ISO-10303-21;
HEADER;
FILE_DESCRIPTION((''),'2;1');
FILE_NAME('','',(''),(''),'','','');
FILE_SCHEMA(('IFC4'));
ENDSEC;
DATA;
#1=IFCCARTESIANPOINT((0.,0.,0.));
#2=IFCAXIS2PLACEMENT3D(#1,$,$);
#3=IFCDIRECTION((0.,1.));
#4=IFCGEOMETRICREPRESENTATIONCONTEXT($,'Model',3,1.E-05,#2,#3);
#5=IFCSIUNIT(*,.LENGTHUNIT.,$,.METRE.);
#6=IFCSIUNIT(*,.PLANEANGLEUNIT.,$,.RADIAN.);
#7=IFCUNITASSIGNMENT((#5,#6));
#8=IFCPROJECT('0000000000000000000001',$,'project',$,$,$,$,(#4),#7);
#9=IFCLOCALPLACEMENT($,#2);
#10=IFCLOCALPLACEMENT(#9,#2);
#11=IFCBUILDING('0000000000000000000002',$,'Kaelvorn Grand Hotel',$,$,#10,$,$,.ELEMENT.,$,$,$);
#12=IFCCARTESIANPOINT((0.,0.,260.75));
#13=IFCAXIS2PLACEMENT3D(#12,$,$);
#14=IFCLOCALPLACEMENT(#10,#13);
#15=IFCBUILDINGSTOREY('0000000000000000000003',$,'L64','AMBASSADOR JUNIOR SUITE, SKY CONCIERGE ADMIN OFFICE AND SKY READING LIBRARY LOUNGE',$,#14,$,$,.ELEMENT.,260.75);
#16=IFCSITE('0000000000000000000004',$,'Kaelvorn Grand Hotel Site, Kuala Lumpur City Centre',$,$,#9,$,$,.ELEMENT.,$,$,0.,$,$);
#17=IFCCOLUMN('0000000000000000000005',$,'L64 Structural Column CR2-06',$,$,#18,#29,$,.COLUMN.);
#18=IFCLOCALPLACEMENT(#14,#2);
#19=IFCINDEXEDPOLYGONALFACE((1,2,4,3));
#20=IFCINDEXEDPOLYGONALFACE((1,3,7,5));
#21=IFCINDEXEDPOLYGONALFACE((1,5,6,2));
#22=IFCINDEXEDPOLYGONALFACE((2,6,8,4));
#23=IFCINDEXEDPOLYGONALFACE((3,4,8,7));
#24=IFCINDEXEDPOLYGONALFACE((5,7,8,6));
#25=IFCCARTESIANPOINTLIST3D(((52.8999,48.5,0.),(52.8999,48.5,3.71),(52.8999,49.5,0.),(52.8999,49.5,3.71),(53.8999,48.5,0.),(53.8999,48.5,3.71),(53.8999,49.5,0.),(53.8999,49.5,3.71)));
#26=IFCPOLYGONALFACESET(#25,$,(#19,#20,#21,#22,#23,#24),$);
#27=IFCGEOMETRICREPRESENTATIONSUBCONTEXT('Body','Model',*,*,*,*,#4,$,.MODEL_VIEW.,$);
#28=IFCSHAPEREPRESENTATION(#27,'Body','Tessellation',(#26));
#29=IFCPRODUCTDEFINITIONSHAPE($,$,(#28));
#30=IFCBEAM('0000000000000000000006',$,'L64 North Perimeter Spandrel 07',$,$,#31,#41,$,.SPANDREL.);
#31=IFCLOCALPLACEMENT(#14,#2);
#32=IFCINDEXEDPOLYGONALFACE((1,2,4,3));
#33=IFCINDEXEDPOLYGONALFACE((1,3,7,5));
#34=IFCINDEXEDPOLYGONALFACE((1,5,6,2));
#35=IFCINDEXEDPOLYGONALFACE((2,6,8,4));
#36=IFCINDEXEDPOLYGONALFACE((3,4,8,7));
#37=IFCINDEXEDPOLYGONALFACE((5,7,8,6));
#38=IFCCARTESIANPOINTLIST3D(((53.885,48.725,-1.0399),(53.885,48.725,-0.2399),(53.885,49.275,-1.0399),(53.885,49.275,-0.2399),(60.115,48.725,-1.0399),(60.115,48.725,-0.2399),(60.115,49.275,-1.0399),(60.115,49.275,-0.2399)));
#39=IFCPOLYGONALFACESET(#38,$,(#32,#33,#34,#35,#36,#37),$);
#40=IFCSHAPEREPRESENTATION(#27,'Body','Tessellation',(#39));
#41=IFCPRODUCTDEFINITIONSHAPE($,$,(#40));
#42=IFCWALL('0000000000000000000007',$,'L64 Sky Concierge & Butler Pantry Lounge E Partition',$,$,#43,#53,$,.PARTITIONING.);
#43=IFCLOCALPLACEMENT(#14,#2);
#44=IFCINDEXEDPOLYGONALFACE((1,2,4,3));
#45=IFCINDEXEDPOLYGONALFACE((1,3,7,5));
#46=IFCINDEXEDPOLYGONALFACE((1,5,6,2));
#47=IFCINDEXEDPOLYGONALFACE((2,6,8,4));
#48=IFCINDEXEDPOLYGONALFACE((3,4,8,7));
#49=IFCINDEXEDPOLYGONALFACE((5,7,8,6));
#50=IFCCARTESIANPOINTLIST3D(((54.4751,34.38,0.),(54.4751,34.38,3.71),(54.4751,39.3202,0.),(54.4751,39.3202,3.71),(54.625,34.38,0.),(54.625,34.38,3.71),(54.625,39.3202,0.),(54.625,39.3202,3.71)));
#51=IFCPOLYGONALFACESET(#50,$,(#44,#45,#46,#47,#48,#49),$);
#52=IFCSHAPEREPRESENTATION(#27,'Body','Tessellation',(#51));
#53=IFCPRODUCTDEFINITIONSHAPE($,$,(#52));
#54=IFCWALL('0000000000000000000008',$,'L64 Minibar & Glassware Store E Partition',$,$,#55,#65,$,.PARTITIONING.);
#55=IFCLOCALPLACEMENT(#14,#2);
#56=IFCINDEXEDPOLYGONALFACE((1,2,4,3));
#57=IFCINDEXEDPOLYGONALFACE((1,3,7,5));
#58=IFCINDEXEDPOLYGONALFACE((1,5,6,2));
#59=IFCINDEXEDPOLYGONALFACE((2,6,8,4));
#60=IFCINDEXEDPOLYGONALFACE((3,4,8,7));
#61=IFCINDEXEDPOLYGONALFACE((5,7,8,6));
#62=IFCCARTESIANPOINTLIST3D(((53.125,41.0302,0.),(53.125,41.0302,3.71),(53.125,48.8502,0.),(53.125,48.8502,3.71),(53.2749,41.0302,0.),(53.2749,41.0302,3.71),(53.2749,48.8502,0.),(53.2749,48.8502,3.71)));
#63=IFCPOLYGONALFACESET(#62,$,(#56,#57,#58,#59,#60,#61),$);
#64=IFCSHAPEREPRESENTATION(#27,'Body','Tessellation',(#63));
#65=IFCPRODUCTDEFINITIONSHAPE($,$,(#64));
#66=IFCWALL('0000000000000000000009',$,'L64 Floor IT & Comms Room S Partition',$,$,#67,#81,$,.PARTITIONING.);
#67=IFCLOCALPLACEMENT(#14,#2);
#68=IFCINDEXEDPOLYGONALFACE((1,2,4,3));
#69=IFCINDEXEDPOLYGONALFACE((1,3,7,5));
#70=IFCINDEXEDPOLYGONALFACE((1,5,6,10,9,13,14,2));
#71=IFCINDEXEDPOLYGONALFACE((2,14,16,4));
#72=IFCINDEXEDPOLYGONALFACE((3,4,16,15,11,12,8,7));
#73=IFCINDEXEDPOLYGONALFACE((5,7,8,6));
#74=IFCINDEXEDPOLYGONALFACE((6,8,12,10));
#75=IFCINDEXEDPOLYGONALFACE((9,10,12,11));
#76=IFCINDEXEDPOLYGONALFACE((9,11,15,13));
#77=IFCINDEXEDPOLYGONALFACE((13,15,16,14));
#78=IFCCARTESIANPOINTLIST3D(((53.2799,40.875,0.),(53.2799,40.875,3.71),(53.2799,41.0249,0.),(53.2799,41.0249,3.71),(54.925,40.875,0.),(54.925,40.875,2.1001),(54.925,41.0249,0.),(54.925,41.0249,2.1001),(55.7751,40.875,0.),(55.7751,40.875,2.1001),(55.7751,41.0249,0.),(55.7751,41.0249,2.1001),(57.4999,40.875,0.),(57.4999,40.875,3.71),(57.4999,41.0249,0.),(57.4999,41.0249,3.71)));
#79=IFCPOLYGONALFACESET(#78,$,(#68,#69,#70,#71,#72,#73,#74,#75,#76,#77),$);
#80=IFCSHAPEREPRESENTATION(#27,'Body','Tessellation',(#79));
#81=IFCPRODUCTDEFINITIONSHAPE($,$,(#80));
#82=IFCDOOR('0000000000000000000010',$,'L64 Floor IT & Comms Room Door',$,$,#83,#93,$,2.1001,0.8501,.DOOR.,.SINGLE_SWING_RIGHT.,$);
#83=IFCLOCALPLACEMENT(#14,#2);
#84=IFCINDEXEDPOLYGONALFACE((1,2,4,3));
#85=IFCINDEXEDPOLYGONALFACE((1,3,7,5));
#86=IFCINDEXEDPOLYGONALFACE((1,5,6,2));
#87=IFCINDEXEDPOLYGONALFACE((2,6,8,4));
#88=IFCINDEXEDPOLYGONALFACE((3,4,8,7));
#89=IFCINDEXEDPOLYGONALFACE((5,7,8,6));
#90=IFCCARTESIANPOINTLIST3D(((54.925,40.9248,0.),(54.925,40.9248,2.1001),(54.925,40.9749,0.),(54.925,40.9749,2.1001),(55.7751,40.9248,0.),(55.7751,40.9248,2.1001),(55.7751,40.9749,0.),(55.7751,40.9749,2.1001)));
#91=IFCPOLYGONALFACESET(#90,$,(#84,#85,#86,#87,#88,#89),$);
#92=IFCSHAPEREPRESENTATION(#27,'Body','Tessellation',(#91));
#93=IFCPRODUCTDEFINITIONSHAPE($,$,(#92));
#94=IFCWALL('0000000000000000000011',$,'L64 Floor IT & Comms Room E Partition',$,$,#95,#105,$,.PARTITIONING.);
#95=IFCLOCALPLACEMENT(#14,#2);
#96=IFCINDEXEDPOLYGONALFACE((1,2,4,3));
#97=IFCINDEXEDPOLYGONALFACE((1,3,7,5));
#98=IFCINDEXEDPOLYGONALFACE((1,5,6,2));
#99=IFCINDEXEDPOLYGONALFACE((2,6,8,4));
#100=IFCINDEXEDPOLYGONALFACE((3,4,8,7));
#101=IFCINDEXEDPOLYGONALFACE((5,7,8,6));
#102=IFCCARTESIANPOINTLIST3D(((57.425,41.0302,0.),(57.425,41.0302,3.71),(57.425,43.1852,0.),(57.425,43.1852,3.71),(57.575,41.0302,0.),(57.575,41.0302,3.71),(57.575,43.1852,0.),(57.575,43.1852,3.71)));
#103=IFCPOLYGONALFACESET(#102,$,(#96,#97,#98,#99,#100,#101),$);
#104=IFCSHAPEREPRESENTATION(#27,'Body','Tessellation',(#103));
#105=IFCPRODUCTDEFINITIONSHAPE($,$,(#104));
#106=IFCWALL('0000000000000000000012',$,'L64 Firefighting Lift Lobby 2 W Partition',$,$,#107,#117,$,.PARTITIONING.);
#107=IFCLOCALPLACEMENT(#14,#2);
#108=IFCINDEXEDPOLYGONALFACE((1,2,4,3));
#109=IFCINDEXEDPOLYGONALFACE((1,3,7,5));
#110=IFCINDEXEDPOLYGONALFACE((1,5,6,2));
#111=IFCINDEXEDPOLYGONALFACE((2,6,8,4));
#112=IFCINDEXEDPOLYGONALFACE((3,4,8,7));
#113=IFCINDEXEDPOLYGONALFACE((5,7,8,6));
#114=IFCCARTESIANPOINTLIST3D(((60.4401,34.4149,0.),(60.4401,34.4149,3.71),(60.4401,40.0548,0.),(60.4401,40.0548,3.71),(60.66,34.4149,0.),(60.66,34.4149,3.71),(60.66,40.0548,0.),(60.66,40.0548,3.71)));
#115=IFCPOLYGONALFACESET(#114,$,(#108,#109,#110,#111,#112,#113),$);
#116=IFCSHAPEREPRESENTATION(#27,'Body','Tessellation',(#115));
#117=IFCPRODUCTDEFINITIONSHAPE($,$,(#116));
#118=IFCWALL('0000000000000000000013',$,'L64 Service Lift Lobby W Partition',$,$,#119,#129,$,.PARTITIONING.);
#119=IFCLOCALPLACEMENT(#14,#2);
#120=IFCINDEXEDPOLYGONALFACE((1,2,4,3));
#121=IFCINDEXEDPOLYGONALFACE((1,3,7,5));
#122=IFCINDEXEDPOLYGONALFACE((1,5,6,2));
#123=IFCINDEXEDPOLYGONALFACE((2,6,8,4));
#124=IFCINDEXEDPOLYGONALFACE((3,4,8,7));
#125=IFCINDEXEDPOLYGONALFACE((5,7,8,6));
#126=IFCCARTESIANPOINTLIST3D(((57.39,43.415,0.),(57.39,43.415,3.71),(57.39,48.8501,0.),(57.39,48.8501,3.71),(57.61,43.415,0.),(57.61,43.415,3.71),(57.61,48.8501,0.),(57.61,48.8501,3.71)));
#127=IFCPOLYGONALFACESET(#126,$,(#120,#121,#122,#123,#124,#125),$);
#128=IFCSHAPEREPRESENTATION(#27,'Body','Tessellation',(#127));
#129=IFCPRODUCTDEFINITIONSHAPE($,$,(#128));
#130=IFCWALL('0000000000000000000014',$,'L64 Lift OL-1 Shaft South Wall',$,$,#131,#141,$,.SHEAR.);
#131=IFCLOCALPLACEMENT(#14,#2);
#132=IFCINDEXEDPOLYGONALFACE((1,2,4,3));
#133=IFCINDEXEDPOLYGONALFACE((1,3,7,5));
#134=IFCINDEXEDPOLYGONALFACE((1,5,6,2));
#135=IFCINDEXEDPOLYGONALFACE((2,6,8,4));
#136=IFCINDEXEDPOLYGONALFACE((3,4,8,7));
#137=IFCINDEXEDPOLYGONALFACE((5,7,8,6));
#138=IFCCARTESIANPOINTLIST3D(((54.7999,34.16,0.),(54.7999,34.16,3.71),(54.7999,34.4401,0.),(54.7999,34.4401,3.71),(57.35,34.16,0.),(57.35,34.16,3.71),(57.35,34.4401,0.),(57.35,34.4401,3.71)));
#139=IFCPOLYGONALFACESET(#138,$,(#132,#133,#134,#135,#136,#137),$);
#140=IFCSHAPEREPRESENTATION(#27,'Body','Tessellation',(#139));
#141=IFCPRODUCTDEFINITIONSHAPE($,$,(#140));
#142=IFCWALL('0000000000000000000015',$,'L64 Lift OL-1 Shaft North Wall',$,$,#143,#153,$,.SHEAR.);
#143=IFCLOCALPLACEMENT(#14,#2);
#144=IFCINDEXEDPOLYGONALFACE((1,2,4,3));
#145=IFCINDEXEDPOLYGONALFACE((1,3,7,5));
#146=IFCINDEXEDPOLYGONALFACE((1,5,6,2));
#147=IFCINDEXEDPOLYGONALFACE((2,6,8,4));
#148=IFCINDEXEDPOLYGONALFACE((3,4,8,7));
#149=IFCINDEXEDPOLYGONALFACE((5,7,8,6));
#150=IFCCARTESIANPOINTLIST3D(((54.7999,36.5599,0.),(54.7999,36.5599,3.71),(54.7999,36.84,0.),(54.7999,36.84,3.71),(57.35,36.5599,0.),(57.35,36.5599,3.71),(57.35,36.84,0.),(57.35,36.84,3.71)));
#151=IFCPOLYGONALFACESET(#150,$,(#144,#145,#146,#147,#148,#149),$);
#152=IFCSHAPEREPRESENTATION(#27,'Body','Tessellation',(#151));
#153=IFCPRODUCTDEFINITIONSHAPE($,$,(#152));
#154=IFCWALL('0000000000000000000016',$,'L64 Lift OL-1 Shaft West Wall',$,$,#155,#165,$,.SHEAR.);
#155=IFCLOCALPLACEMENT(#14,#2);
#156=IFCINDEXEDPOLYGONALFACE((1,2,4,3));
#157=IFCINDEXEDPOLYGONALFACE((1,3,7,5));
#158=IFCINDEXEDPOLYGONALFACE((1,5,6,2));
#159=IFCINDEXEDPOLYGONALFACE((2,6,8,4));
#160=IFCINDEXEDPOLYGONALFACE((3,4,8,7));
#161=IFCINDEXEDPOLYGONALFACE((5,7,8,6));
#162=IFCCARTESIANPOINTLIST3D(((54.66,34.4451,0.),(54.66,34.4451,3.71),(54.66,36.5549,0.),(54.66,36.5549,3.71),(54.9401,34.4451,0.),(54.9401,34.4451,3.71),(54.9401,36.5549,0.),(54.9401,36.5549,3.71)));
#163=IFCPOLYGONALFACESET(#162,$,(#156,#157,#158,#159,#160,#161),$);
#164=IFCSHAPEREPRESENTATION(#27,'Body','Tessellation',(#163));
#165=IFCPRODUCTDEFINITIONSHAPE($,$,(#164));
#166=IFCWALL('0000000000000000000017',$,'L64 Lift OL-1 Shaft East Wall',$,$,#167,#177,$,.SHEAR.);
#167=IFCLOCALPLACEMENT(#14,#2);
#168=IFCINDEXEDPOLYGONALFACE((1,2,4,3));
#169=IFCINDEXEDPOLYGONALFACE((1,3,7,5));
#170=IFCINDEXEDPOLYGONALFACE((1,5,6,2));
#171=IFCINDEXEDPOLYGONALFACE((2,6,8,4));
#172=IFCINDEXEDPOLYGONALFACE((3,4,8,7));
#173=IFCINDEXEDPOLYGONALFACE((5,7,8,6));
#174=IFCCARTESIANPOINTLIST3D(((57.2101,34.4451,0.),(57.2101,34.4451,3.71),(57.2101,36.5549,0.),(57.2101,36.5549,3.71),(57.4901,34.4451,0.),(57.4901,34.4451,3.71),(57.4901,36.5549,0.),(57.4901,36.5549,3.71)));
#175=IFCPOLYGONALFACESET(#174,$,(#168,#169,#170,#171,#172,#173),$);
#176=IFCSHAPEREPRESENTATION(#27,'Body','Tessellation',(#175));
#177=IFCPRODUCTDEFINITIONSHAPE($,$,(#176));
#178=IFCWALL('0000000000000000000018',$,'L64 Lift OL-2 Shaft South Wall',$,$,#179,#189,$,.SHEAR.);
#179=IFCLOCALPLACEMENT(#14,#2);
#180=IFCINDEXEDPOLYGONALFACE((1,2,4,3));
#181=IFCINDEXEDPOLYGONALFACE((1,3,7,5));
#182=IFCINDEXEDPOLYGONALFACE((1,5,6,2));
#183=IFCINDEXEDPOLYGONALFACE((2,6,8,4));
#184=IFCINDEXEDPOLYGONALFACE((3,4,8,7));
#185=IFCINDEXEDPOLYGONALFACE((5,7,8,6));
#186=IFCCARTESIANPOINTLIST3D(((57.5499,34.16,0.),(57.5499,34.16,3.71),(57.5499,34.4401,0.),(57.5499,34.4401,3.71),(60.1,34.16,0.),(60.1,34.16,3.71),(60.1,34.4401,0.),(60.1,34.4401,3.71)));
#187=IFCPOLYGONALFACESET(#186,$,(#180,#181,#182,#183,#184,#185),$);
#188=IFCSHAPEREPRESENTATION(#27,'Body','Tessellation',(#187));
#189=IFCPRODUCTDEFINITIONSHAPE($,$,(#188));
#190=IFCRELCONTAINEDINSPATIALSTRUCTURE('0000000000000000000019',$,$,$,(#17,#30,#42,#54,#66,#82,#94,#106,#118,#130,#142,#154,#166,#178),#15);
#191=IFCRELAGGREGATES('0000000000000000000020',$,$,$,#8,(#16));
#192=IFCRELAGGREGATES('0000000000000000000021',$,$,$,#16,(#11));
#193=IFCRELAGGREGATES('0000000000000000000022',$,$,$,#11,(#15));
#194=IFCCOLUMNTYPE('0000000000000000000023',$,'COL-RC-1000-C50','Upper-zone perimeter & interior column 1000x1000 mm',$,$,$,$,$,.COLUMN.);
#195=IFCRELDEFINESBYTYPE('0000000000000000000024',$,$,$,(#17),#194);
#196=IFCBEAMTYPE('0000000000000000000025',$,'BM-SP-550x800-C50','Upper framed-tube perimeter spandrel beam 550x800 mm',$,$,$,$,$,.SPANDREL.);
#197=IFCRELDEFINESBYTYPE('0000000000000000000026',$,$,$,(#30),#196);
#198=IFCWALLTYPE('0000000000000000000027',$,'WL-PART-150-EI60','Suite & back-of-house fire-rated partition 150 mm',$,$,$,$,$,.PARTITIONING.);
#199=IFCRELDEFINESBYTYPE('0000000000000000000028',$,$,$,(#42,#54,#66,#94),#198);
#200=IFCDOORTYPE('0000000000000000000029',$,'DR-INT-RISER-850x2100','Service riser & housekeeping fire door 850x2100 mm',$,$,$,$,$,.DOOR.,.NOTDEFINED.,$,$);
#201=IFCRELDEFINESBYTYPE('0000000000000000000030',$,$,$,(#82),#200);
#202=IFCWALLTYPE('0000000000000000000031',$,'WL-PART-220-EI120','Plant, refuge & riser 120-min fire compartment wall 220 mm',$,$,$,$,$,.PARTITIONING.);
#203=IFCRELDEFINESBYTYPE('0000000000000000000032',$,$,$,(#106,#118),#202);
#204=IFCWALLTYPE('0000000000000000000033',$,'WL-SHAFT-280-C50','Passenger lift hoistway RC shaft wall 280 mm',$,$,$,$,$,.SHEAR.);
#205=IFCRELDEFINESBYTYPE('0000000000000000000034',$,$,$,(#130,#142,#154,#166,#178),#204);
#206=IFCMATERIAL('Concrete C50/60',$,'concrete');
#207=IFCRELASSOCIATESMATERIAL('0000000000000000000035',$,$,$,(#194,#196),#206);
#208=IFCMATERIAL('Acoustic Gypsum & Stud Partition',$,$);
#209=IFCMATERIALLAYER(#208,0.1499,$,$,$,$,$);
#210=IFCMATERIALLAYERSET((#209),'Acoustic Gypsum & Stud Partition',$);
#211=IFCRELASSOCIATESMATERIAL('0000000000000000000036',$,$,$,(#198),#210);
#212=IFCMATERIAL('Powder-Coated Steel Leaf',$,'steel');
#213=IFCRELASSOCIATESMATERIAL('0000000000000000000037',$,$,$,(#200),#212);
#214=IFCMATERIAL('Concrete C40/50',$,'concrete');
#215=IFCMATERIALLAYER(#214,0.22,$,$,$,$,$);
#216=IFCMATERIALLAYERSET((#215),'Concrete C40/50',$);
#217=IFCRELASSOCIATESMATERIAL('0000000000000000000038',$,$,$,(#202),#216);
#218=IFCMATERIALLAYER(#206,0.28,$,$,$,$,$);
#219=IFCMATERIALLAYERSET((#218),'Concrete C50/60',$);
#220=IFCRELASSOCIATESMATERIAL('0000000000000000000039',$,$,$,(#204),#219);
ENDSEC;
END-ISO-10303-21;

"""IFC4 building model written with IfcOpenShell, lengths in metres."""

from ifc_helpers import new_model, si_unit, direction, frame, frame_2d, origin, origin_2d, place, context, subcontext, project, spatial, rectangle, extrude, material, layer, layer_set, material_profile, profile_set, type_object, element, fill, save


model = new_model("IFC4")

# Units and contexts
model_context = context("Model", 3, precision=1e-05, world=origin(), true_north=direction((0.0, 1.0)))
body_context = subcontext(model_context, "Body", "Model", "MODEL_VIEW")
ifc_project = project(units=[si_unit("LENGTHUNIT", "METRE"), si_unit("PLANEANGLEUNIT", "RADIAN")], contexts=[model_context])

# Site, building, storey
site_placement = place(None, origin())
site = spatial("IfcSite", under=ifc_project, at=site_placement, Name="Kaelvorn Grand Hotel Site, Kuala Lumpur City Centre", CompositionType="ELEMENT", RefElevation=0.0)
building_placement = place(site_placement, origin())
building = spatial("IfcBuilding", under=site, at=building_placement, Name="Kaelvorn Grand Hotel", CompositionType="ELEMENT")
storey_placement = place(building_placement, frame((0.0, 0.0, 260.75)))
storey = spatial("IfcBuildingStorey", under=building, at=storey_placement, Name="L64", Description="AMBASSADOR JUNIOR SUITE, SKY CONCIERGE ADMIN OFFICE AND SKY READING LIBRARY LOUNGE", CompositionType="ELEMENT", Elevation=260.75)

# Column
ifc_material_1 = material(Name="Concrete C50/60", Category="concrete")
ifc_material_profile_1 = material_profile(ifc_material_1, rectangle(XDim=1.0, YDim=1.0, at=origin_2d()), Name="RC COL 1000x1000")
ifc_profile_set_1 = profile_set([ifc_material_profile_1], Name="Concrete C50/60")
column_type = type_object("IfcColumnType", Name="COL-RC-1000-C50", Description="Upper-zone perimeter & interior column 1000x1000 mm", PredefinedType="COLUMN", material=ifc_profile_set_1)
column_placement = place(storey_placement, frame((53.3999, 49.0, 0.0), z_axis=(0.0, 0.0, 1.0), x_axis=(1.0, 0.0, 0.0)))
element("IfcColumn", 1, at=column_placement, inside=storey, type_object=column_type, Name="L64 Structural Column CR2-06", PredefinedType="COLUMN", context=body_context, shape_type="SweptSolid", body=[
    extrude(rectangle(XDim=1.0, YDim=1.0, at=origin_2d()), origin(), (0.0, 0.0, 1.0), 3.71),
])

# Beam
ifc_material_profile_2 = material_profile(ifc_material_1, rectangle(XDim=0.55, YDim=0.8, at=origin_2d()), Name="RC SPANDREL 550x800")
ifc_profile_set_2 = profile_set([ifc_material_profile_2], Name="Concrete C50/60")
beam_type = type_object("IfcBeamType", Name="BM-SP-550x800-C50", Description="Upper framed-tube perimeter spandrel beam 550x800 mm", PredefinedType="SPANDREL", material=ifc_profile_set_2)
beam_placement = place(storey_placement, frame((53.885, 49.0, -0.6399), z_axis=(1.0, 0.0, 0.0), x_axis=(0.0, 1.0, 0.0)))
element("IfcBeam", 2, at=beam_placement, inside=storey, type_object=beam_type, Name="L64 North Perimeter Spandrel 07", PredefinedType="SPANDREL", context=body_context, shape_type="SweptSolid", body=[
    extrude(rectangle(XDim=0.55, YDim=0.8, at=origin_2d()), origin(), (0.0, 0.0, 1.0), 6.23),
])

# Walls
ifc_material_2 = material(Name="Acoustic Gypsum & Stud Partition")
ifc_layer_1 = layer(ifc_material_2, 0.1499)
ifc_layer_set_1 = layer_set([ifc_layer_1], Name="Acoustic Gypsum & Stud Partition")
wall_type_1 = type_object("IfcWallType", Name="WL-PART-150-EI60", Description="Suite & back-of-house fire-rated partition 150 mm", PredefinedType="PARTITIONING", material=ifc_layer_set_1)
wall_1_placement = place(storey_placement, frame((54.55, 34.3799, 0.0), z_axis=(0.0, 0.0, 1.0), x_axis=(0.0, 1.0, 0.0)))
element("IfcWall", 3, at=wall_1_placement, inside=storey, type_object=wall_type_1, Name="L64 Sky Concierge & Butler Pantry Lounge E Partition", PredefinedType="PARTITIONING", context=body_context, shape_type="SweptSolid", body=[
    extrude(rectangle(XDim=4.9402, YDim=0.1499, at=frame_2d((2.4702, 0.0))), origin(), (0.0, 0.0, 1.0), 3.71),
])
wall_2_placement = place(storey_placement, frame((53.2, 41.03, 0.0), z_axis=(0.0, 0.0, 1.0), x_axis=(0.0, 1.0, 0.0)))
element("IfcWall", 4, at=wall_2_placement, inside=storey, type_object=wall_type_1, Name="L64 Minibar & Glassware Store E Partition", PredefinedType="PARTITIONING", context=body_context, shape_type="SweptSolid", body=[
    extrude(rectangle(XDim=7.8201, YDim=0.1499, at=frame_2d((3.9102, 0.0))), origin(), (0.0, 0.0, 1.0), 3.71),
])

# Wall, opening, door
wall_3_placement = place(storey_placement, frame((53.28, 40.95, 0.0), z_axis=(0.0, 0.0, 1.0), x_axis=(1.0, 0.0, 0.0)))
wall_3 = element("IfcWall", 5, at=wall_3_placement, inside=storey, type_object=wall_type_1, Name="L64 Floor IT & Comms Room S Partition", PredefinedType="PARTITIONING", context=body_context, shape_type="SweptSolid", body=[
    extrude(rectangle(XDim=4.22, YDim=0.1499, at=frame_2d((2.1099, 0.0))), origin(), (0.0, 0.0, 1.0), 3.71),
])
opening_1_placement = place(wall_3_placement, frame((1.645, 0.0, 0.0)))
opening_1 = element("IfcOpeningElement", 6, at=opening_1_placement, cuts=wall_3, PredefinedType="OPENING", context=body_context, shape_type="SweptSolid", body=[
    extrude(rectangle(XDim=0.8501, YDim=2.1001, at=frame_2d((0.425, 1.05))), frame((0.0, 0.085, 0.0), z_axis=(0.0, -1.0, 0.0), x_axis=(1.0, 0.0, 0.0)), (0.0, 0.0, 1.0), 0.1699),
])
ifc_material_3 = material(Name="Powder-Coated Steel Leaf", Category="steel")
door_type_1 = type_object("IfcDoorType", Name="DR-INT-RISER-850x2100", Description="Service riser & housekeeping fire door 850x2100 mm", OperationType="NOTDEFINED", PredefinedType="DOOR", material=ifc_material_3)
door_1_placement = place(opening_1_placement, origin())
door_1 = element("IfcDoor", 7, at=door_1_placement, inside=storey, type_object=door_type_1, Name="L64 Floor IT & Comms Room Door", OperationType="SINGLE_SWING_RIGHT", OverallHeight=2.1001, OverallWidth=0.8501, PredefinedType="DOOR", context=body_context, shape_type="SweptSolid", body=[
    extrude(rectangle(XDim=0.8501, YDim=2.1001, at=frame_2d((0.425, 1.05))), frame((0.0, 0.0249, 0.0), z_axis=(0.0, -1.0, 0.0), x_axis=(1.0, 0.0, 0.0)), (0.0, 0.0, 1.0), 0.05),
])
fill(opening_1, door_1)

# Wall
wall_4_placement = place(storey_placement, frame((57.5, 41.03, 0.0), z_axis=(0.0, 0.0, 1.0), x_axis=(0.0, 1.0, 0.0)))
element("IfcWall", 8, at=wall_4_placement, inside=storey, type_object=wall_type_1, Name="L64 Floor IT & Comms Room E Partition", PredefinedType="PARTITIONING", context=body_context, shape_type="SweptSolid", body=[
    extrude(rectangle(XDim=2.155, YDim=0.1499, at=frame_2d((1.0776, 0.0))), origin(), (0.0, 0.0, 1.0), 3.71),
])

# Shared definitions
ifc_material_4 = material(Name="Concrete C40/50", Category="concrete")
ifc_layer_2 = layer(ifc_material_4, 0.22)
ifc_layer_set_2 = layer_set([ifc_layer_2], Name="Concrete C40/50")
wall_type_2 = type_object("IfcWallType", Name="WL-PART-220-EI120", Description="Plant, refuge & riser 120-min fire compartment wall 220 mm", PredefinedType="PARTITIONING", material=ifc_layer_set_2)

# Wall
wall_5_placement = place(storey_placement, frame((60.55, 34.415, 0.0), z_axis=(0.0, 0.0, 1.0), x_axis=(0.0, 1.0, 0.0)))
element("IfcWall", 9, at=wall_5_placement, inside=storey, type_object=wall_type_2, Name="L64 Firefighting Lift Lobby 2 W Partition", PredefinedType="PARTITIONING", context=body_context, shape_type="SweptSolid", body=[
    extrude(rectangle(XDim=5.6399, YDim=0.22, at=frame_2d((2.8198, 0.0))), origin(), (0.0, 0.0, 1.0), 3.71),
])

# Walls
wall_6_placement = place(storey_placement, frame((57.5, 43.415, 0.0), z_axis=(0.0, 0.0, 1.0), x_axis=(0.0, 1.0, 0.0)))
element("IfcWall", 10, at=wall_6_placement, inside=storey, type_object=wall_type_2, Name="L64 Service Lift Lobby W Partition", PredefinedType="PARTITIONING", context=body_context, shape_type="SweptSolid", body=[
    extrude(rectangle(XDim=5.4351, YDim=0.22, at=frame_2d((2.7175, 0.0))), origin(), (0.0, 0.0, 1.0), 3.71),
])
ifc_layer_3 = layer(ifc_material_1, 0.28)
ifc_layer_set_3 = layer_set([ifc_layer_3], Name="Concrete C50/60")
wall_type_3 = type_object("IfcWallType", Name="WL-SHAFT-280-C50", Description="Passenger lift hoistway RC shaft wall 280 mm", PredefinedType="SHEAR", material=ifc_layer_set_3)
for number, where, z_axis, x_axis, name in (
    (11, (54.8, 34.3, 0.0), (0.0, 0.0, 1.0), (1.0, 0.0, 0.0), "L64 Lift OL-1 Shaft South Wall"),
    (12, (54.8, 36.7, 0.0), (0.0, 0.0, 1.0), (1.0, 0.0, 0.0), "L64 Lift OL-1 Shaft North Wall"),
):
    element("IfcWall", number, at=place(storey_placement, frame(where, z_axis=z_axis, x_axis=x_axis)), inside=storey, type_object=wall_type_3, Name=name, PredefinedType="SHEAR", context=body_context, shape_type="SweptSolid", body=[
        extrude(rectangle(XDim=2.55, YDim=0.28, at=frame_2d((1.2749, 0.0))), origin(), (0.0, 0.0, 1.0), 3.71),
    ])
for number, where, z_axis, x_axis, name in (
    (13, (54.8, 34.4451, 0.0), (0.0, 0.0, 1.0), (0.0, 1.0, 0.0), "L64 Lift OL-1 Shaft West Wall"),
    (14, (57.3501, 34.4451, 0.0), (0.0, 0.0, 1.0), (0.0, 1.0, 0.0), "L64 Lift OL-1 Shaft East Wall"),
):
    element("IfcWall", number, at=place(storey_placement, frame(where, z_axis=z_axis, x_axis=x_axis)), inside=storey, type_object=wall_type_3, Name=name, PredefinedType="SHEAR", context=body_context, shape_type="SweptSolid", body=[
        extrude(rectangle(XDim=2.1099, YDim=0.28, at=frame_2d((1.0549, 0.0))), origin(), (0.0, 0.0, 1.0), 3.71),
    ])
for number, where, z_axis, x_axis, name in (
    (15, (57.55, 34.3, 0.0), (0.0, 0.0, 1.0), (1.0, 0.0, 0.0), "L64 Lift OL-2 Shaft South Wall"),
):
    element("IfcWall", number, at=place(storey_placement, frame(where, z_axis=z_axis, x_axis=x_axis)), inside=storey, type_object=wall_type_3, Name=name, PredefinedType="SHEAR", context=body_context, shape_type="SweptSolid", body=[
        extrude(rectangle(XDim=2.55, YDim=0.28, at=frame_2d((1.2749, 0.0))), origin(), (0.0, 0.0, 1.0), 3.71),
    ])

save(model, "model.ifc")
